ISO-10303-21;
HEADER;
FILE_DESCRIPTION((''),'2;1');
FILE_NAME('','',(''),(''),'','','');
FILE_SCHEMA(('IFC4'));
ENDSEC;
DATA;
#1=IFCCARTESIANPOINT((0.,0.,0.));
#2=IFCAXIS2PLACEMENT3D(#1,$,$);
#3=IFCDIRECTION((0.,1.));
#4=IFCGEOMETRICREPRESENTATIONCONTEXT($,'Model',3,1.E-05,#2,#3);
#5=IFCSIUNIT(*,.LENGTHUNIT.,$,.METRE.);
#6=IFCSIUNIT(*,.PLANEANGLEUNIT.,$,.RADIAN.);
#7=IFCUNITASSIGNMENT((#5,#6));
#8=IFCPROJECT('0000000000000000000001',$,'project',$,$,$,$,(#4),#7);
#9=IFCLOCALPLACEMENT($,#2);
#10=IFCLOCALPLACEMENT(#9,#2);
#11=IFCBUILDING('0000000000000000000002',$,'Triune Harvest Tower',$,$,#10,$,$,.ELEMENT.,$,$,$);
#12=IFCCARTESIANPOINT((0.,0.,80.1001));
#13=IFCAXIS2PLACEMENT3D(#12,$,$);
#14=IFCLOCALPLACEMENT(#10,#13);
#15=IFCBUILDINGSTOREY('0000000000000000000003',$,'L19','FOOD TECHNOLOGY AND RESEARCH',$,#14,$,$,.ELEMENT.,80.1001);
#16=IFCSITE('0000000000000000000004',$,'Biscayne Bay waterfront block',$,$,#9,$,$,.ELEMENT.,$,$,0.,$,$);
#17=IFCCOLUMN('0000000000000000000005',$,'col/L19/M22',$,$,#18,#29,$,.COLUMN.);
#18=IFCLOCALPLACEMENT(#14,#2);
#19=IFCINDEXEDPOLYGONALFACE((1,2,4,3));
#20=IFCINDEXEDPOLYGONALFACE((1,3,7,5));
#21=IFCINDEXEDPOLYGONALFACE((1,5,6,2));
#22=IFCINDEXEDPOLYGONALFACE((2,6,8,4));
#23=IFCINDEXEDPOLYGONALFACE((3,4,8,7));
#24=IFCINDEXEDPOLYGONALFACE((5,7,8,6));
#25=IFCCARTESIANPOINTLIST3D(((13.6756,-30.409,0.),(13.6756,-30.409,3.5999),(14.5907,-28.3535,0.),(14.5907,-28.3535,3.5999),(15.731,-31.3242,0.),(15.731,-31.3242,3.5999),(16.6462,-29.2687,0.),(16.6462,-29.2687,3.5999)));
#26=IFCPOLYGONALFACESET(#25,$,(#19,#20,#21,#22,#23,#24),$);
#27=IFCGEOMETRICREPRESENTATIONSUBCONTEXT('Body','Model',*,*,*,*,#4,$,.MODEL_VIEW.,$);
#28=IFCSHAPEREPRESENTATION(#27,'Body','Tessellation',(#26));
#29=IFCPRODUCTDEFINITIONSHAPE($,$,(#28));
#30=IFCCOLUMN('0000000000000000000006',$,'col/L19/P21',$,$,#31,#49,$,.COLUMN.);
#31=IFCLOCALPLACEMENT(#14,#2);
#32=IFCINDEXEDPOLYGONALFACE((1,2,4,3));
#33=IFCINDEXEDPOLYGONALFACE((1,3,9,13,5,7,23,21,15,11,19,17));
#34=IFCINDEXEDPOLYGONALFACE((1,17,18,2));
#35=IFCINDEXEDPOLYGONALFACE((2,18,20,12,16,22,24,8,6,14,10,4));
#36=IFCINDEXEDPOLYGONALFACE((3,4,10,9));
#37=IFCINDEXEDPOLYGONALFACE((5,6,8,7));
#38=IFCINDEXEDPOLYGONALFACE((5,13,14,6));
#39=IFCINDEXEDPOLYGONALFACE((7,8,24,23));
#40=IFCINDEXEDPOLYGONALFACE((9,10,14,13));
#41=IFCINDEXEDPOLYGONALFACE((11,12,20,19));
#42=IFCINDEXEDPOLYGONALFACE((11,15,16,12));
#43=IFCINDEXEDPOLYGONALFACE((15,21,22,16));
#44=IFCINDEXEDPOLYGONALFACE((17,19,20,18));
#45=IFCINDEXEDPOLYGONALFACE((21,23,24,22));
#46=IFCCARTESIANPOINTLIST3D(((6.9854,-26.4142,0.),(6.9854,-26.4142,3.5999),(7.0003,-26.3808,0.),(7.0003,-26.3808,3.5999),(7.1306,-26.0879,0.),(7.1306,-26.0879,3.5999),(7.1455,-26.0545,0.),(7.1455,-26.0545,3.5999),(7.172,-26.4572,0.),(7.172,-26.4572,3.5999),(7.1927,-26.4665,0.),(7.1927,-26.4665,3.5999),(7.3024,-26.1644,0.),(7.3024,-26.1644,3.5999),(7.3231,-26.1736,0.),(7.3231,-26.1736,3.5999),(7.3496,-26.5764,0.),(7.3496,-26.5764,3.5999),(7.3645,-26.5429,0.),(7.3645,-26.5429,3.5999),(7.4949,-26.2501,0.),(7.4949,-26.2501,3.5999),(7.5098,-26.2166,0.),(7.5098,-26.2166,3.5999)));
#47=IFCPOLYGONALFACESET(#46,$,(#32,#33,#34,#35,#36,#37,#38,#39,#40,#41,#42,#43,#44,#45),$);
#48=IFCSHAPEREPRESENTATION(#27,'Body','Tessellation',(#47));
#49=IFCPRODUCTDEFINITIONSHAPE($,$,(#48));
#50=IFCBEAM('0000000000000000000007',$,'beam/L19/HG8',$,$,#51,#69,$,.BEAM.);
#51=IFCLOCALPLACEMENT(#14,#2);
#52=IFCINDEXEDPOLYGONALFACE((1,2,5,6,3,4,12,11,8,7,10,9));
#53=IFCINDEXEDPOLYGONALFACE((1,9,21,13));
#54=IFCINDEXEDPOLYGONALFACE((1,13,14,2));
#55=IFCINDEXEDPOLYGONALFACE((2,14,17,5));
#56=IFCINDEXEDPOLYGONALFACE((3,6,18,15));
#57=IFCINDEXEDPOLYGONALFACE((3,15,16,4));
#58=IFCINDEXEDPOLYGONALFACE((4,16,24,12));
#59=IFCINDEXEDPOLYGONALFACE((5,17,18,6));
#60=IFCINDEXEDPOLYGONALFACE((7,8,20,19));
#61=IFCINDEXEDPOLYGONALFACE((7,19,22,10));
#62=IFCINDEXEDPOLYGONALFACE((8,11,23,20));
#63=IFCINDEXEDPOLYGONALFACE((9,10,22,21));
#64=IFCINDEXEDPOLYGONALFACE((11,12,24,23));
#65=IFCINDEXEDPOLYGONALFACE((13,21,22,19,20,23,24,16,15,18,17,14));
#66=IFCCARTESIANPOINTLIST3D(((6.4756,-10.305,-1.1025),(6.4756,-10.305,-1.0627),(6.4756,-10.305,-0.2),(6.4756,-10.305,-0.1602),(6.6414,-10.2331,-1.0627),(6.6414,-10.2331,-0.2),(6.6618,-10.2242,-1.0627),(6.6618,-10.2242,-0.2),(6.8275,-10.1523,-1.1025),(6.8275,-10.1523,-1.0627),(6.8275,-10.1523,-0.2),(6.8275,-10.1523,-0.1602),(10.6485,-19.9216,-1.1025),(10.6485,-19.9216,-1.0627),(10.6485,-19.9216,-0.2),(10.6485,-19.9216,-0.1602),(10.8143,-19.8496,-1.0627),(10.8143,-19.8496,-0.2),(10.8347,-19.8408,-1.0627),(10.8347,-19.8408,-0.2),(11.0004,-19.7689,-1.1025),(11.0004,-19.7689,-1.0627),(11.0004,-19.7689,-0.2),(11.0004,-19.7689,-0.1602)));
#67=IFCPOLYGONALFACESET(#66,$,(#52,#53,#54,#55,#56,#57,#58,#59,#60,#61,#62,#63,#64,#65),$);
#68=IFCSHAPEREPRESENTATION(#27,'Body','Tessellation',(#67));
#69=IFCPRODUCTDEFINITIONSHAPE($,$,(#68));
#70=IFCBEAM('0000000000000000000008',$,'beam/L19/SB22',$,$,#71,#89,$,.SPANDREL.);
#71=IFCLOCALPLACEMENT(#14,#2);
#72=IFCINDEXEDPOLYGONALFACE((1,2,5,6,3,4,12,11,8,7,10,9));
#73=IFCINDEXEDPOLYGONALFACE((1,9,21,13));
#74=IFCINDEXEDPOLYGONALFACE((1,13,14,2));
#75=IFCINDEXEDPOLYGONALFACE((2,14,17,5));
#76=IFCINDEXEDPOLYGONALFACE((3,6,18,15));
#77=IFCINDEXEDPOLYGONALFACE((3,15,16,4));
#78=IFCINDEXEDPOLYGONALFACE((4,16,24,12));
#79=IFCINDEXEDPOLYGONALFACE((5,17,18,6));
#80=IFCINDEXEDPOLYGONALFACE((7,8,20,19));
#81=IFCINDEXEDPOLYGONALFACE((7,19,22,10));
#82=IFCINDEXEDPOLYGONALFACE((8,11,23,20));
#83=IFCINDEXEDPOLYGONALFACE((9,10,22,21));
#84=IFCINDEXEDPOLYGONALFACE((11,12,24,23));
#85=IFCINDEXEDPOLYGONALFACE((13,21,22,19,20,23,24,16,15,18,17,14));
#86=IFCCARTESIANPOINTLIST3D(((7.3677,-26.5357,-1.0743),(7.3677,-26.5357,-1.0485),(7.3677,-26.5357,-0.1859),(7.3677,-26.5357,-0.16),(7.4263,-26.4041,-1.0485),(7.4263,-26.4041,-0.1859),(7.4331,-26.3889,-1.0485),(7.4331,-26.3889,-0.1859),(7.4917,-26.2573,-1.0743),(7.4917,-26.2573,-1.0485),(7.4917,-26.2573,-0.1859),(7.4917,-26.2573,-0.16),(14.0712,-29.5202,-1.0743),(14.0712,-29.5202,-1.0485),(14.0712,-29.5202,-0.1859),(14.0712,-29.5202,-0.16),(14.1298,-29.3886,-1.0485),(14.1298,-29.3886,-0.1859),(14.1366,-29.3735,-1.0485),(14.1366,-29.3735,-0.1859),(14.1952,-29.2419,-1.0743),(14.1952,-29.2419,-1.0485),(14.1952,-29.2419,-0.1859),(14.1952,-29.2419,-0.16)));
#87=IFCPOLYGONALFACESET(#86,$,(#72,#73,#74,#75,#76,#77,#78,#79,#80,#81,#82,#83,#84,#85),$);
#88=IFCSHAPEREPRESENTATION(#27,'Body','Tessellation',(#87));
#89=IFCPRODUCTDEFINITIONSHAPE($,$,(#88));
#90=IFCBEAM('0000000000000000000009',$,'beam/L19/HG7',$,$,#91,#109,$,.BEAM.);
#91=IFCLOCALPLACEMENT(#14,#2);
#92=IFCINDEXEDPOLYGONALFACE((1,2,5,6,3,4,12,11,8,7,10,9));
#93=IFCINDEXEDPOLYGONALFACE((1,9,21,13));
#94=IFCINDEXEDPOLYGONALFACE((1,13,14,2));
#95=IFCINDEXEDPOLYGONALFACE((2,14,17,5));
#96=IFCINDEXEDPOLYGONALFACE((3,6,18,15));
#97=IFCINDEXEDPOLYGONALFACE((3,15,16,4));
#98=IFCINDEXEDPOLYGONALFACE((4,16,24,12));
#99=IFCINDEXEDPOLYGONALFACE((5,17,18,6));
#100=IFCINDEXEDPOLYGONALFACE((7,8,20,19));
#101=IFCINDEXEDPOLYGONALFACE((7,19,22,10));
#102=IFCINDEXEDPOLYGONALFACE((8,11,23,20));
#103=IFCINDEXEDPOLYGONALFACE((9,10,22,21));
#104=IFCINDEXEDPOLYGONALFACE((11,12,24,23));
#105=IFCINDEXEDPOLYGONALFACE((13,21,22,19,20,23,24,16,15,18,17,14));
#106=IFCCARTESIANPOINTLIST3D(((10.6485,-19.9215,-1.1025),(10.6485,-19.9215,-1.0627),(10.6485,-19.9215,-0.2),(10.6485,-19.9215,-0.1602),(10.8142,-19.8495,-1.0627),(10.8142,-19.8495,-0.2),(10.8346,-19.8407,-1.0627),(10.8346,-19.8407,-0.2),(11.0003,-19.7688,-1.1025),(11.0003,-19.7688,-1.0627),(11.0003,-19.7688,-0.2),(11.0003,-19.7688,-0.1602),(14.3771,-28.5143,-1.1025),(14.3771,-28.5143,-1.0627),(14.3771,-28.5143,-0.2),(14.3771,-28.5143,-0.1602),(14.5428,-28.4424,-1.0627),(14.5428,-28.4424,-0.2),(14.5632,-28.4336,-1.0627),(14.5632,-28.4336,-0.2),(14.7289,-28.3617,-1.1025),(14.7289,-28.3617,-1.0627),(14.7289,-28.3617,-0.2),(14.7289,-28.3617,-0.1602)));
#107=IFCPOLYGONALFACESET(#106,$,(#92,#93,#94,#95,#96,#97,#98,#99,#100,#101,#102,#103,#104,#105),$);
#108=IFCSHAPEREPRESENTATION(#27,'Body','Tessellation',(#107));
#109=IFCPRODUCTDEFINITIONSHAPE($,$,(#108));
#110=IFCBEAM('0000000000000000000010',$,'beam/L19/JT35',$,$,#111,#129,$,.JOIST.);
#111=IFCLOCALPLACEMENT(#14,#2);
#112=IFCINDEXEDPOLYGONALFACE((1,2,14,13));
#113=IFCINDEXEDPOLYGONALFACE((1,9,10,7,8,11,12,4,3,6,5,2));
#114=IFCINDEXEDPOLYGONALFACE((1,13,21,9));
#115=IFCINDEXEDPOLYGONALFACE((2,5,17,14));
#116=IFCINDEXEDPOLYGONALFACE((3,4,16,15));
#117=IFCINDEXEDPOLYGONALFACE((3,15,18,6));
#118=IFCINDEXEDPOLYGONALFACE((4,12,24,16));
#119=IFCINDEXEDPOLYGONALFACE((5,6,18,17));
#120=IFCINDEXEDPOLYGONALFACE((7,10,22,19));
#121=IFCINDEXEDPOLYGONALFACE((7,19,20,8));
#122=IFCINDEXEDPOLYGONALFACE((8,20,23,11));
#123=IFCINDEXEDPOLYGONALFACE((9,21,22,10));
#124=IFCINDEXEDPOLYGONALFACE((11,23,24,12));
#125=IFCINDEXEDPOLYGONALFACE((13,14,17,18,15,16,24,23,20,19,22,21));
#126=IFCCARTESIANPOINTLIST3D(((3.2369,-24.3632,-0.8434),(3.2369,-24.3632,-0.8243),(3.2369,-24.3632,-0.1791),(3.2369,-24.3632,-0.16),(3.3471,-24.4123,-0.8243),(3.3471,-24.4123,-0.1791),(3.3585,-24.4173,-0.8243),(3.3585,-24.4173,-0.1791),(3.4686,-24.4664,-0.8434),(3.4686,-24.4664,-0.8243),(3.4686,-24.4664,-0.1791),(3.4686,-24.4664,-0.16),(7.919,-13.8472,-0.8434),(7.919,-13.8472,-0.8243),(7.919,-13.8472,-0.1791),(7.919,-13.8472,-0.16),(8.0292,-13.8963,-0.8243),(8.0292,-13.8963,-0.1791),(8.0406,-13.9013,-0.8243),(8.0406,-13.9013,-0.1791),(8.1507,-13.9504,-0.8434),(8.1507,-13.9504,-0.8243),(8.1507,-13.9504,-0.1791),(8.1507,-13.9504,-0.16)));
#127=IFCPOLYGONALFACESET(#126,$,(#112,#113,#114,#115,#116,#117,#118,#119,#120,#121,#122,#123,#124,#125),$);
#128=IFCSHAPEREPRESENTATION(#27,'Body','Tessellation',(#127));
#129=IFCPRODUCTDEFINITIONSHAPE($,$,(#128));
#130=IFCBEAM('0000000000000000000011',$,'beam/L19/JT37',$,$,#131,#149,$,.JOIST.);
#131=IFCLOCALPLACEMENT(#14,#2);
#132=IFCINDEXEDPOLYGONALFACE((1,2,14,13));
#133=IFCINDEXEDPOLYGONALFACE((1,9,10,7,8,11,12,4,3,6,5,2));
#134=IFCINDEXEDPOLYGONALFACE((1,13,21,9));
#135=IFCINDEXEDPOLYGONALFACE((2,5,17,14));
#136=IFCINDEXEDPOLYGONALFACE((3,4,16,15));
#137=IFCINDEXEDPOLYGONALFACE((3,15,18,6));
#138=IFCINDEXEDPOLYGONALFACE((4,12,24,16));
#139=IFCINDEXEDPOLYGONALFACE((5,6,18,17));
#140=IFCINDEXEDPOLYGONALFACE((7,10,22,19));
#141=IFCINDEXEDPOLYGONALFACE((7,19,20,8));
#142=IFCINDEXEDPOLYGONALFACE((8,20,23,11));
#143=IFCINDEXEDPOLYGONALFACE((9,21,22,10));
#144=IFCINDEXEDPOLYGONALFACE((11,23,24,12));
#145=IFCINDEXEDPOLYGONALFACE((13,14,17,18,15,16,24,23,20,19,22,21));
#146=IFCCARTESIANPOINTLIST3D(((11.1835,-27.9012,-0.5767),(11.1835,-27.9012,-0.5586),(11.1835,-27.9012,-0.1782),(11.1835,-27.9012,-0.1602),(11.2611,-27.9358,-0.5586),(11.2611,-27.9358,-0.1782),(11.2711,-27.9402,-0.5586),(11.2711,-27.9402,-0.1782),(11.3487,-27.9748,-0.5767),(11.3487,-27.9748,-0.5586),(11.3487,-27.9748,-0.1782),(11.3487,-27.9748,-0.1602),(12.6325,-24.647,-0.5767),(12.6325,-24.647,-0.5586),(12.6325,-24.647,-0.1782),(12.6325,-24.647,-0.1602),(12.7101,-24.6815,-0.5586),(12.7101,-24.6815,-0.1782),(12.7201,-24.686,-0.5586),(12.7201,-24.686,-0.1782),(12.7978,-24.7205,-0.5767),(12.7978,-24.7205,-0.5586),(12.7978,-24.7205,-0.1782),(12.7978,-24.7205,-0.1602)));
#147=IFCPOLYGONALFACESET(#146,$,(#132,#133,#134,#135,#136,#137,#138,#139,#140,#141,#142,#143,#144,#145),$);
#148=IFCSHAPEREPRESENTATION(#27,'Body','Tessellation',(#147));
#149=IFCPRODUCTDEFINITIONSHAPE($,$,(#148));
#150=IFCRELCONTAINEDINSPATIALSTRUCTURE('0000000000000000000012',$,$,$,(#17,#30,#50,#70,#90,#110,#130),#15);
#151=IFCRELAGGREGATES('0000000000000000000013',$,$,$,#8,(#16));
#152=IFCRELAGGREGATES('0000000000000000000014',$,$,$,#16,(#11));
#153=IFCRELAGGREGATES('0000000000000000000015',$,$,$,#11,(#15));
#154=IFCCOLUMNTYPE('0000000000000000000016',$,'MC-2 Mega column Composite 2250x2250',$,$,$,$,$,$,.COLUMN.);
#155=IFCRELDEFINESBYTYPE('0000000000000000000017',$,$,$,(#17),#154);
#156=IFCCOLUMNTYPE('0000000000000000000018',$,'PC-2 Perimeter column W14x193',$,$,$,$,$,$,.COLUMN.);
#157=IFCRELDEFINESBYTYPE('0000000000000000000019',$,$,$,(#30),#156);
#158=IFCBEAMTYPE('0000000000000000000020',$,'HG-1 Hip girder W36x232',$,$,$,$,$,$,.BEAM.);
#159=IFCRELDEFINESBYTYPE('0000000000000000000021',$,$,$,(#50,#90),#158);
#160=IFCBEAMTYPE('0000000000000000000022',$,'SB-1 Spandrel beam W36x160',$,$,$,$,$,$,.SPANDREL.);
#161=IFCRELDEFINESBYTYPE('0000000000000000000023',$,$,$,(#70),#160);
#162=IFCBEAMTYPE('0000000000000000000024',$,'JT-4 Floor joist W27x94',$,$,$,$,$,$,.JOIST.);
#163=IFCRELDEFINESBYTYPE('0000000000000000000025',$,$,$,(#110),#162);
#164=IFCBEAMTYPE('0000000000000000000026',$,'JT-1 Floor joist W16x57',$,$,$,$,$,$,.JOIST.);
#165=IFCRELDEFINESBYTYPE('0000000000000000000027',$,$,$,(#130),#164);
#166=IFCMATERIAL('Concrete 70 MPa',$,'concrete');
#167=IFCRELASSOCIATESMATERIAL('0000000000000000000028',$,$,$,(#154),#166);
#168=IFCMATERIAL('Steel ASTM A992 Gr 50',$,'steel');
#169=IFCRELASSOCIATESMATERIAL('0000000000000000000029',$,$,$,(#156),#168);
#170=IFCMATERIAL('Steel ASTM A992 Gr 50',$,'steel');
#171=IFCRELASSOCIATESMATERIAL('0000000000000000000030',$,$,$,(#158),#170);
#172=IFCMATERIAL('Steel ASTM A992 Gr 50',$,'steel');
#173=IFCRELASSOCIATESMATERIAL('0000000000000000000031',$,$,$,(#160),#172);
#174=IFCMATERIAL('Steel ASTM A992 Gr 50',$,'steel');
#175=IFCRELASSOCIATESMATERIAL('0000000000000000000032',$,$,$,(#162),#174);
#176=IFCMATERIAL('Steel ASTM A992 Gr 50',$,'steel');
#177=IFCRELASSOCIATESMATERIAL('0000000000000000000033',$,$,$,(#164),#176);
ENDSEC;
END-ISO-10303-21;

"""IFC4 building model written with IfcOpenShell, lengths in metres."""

from ifc_helpers import new_model, si_unit, direction, frame, origin, origin_2d, place, context, subcontext, project, spatial, rectangle, i_section, extrude, source, transform, mapped, material, material_profile, profile_set, type_object, element, save


model = new_model("IFC4")

# Units and contexts
model_context = context("Model", 3, precision=1e-05, world=origin(), true_north=direction((0.0, 1.0)))
body_context = subcontext(model_context, "Body", "Model", "MODEL_VIEW")
ifc_project = project(units=[si_unit("LENGTHUNIT", "METRE"), si_unit("PLANEANGLEUNIT", "RADIAN")], contexts=[model_context])

# Site, building, storey
site_placement = place(None, origin())
site = spatial("IfcSite", under=ifc_project, at=site_placement, Name="Biscayne Bay waterfront block", CompositionType="ELEMENT", RefElevation=0.0)
building_placement = place(site_placement, origin())
building = spatial("IfcBuilding", under=site, at=building_placement, Name="Triune Harvest Tower", CompositionType="ELEMENT")
storey_placement = place(building_placement, frame((0.0, 0.0, 80.1001)))
storey = spatial("IfcBuildingStorey", under=building, at=storey_placement, Name="L19", Description="FOOD TECHNOLOGY AND RESEARCH", CompositionType="ELEMENT", Elevation=80.1001)

# Columns
ifc_material_1 = material(Name="Concrete 70 MPa", Category="concrete")
ifc_material_profile_1 = material_profile(ifc_material_1, rectangle(XDim=2.25, YDim=2.25, at=origin_2d()), Name="Composite 2250x2250")
ifc_profile_set_1 = profile_set([ifc_material_profile_1], Name="Concrete 70 MPa")
column_type_1 = type_object("IfcColumnType", Name="MC-2 Mega column Composite 2250x2250", PredefinedType="COLUMN", material=ifc_profile_set_1)
shared_shape_1 = source(origin(), body_context, "Body", "SweptSolid", [
    extrude(rectangle(XDim=2.25, YDim=2.25, at=origin_2d()), origin(), (0.0, 0.0, 1.0), 3.5999),
])
column_1_placement = place(storey_placement, frame((15.1609, -29.8389, 0.0), z_axis=(0.0, 0.0, 1.0), x_axis=(0.913545, -0.406737, 0.0)))
element("IfcColumn", 1, at=column_1_placement, inside=storey, type_object=column_type_1, Name="col/L19/M22", PredefinedType="COLUMN", context=body_context, shape_type="MappedRepresentation", body=[
    mapped(shared_shape_1, transform((0.0, 0.0, 0.0), scale=1.0)),
])
ifc_material_2 = material(Name="Steel ASTM A992 Gr 50", Category="steel")
ifc_material_profile_2 = material_profile(ifc_material_2, i_section(OverallWidth=0.3987, OverallDepth=0.3938, WebThickness=0.0227, FlangeThickness=0.0366, at=origin_2d()), Name="W14x193")
ifc_profile_set_2 = profile_set([ifc_material_profile_2], Name="Steel ASTM A992 Gr 50")
column_type_2 = type_object("IfcColumnType", Name="PC-2 Perimeter column W14x193", PredefinedType="COLUMN", material=ifc_profile_set_2)
shared_shape_2 = source(origin(), body_context, "Body", "SweptSolid", [
    extrude(i_section(OverallWidth=0.3987, OverallDepth=0.3938, WebThickness=0.0227, FlangeThickness=0.0366, at=origin_2d()), origin(), (0.0, 0.0, 1.0), 3.5999),
])
column_2_placement = place(storey_placement, frame((7.2476, -26.3154, 0.0), z_axis=(0.0, 0.0, 1.0), x_axis=(0.913545, -0.406737, 0.0)))
element("IfcColumn", 2, at=column_2_placement, inside=storey, type_object=column_type_2, Name="col/L19/P21", PredefinedType="COLUMN", context=body_context, shape_type="MappedRepresentation", body=[
    mapped(shared_shape_2, transform((0.0, 0.0, 0.0), scale=1.0)),
])

# Beams
ifc_material_3 = material(Name="Steel ASTM A992 Gr 50", Category="steel")
ifc_material_profile_3 = material_profile(ifc_material_3, i_section(OverallWidth=0.3835, OverallDepth=0.9424, WebThickness=0.0222, FlangeThickness=0.0398, at=origin_2d()), Name="W36x232")
ifc_profile_set_3 = profile_set([ifc_material_profile_3], Name="Steel ASTM A992 Gr 50")
beam_type_1 = type_object("IfcBeamType", Name="HG-1 Hip girder W36x232", PredefinedType="BEAM", material=ifc_profile_set_3)
shared_shape_3 = source(origin(), body_context, "Body", "SweptSolid", [
    extrude(i_section(OverallWidth=0.3835, OverallDepth=0.9424, WebThickness=0.0222, FlangeThickness=0.0398, at=origin_2d()), origin(), (0.0, 0.0, 1.0), 10.4829),
])
beam_1_placement = place(storey_placement, frame((10.8245, -19.8452, -0.6313), z_axis=(-0.398067, 0.917356, 0.0), x_axis=(-0.917356, -0.398067, 0.0)))
element("IfcBeam", 3, at=beam_1_placement, inside=storey, type_object=beam_type_1, Name="beam/L19/HG8", PredefinedType="BEAM", context=body_context, shape_type="MappedRepresentation", body=[
    mapped(shared_shape_3, transform((0.0, 0.0, 0.0), scale=1.0)),
])
ifc_material_4 = material(Name="Steel ASTM A992 Gr 50", Category="steel")
ifc_material_profile_4 = material_profile(ifc_material_4, i_section(OverallWidth=0.3047, OverallDepth=0.9143, WebThickness=0.0166, FlangeThickness=0.0259, at=origin_2d()), Name="W36x160")
ifc_profile_set_4 = profile_set([ifc_material_profile_4], Name="Steel ASTM A992 Gr 50")
beam_type_2 = type_object("IfcBeamType", Name="SB-1 Spandrel beam W36x160", PredefinedType="SPANDREL", material=ifc_profile_set_4)
shared_shape_4 = source(origin(), body_context, "Body", "SweptSolid", [
    extrude(i_section(OverallWidth=0.3047, OverallDepth=0.9143, WebThickness=0.0166, FlangeThickness=0.0259, at=origin_2d()), origin(), (0.0, 0.0, 1.0), 7.3379),
])
beam_2_placement = place(storey_placement, frame((7.4297, -26.3965, -0.6172), z_axis=(0.913547, -0.406734, 0.0), x_axis=(0.406734, 0.913547, 0.0)))
element("IfcBeam", 4, at=beam_2_placement, inside=storey, type_object=beam_type_2, Name="beam/L19/SB22", PredefinedType="SPANDREL", context=body_context, shape_type="MappedRepresentation", body=[
    mapped(shared_shape_4, transform((0.0, 0.0, 0.0), scale=1.0)),
])
shared_shape_5 = source(origin(), body_context, "Body", "SweptSolid", [
    extrude(i_section(OverallWidth=0.3835, OverallDepth=0.9424, WebThickness=0.0222, FlangeThickness=0.0398, at=origin_2d()), origin(), (0.0, 0.0, 1.0), 9.3669),
])
beam_3_placement = place(storey_placement, frame((14.553, -28.438, -0.6313), z_axis=(-0.398055, 0.917362, 0.0), x_axis=(-0.917362, -0.398055, 0.0)))
element("IfcBeam", 5, at=beam_3_placement, inside=storey, type_object=beam_type_1, Name="beam/L19/HG7", PredefinedType="BEAM", context=body_context, shape_type="MappedRepresentation", body=[
    mapped(shared_shape_5, transform((0.0, 0.0, 0.0), scale=1.0)),
])
ifc_material_5 = material(Name="Steel ASTM A992 Gr 50", Category="steel")
ifc_material_profile_5 = material_profile(ifc_material_5, i_section(OverallWidth=0.2537, OverallDepth=0.6833, WebThickness=0.0125, FlangeThickness=0.019, at=origin_2d()), Name="W27x94")
ifc_profile_set_5 = profile_set([ifc_material_profile_5], Name="Steel ASTM A992 Gr 50")
beam_type_3 = type_object("IfcBeamType", Name="JT-4 Floor joist W27x94", PredefinedType="JOIST", material=ifc_profile_set_5)
shared_shape_6 = source(origin(), body_context, "Body", "SweptSolid", [
    extrude(i_section(OverallWidth=0.2537, OverallDepth=0.6833, WebThickness=0.0125, FlangeThickness=0.019, at=origin_2d()), origin(), (0.0, 0.0, 1.0), 11.5112),
])
beam_4_placement = place(storey_placement, frame((3.3528, -24.4148, -0.5017), z_axis=(0.406741, 0.913544, 0.0), x_axis=(-0.913544, 0.406741, 0.0)))
element("IfcBeam", 6, at=beam_4_placement, inside=storey, type_object=beam_type_3, Name="beam/L19/JT35", PredefinedType="JOIST", context=body_context, shape_type="MappedRepresentation", body=[
    mapped(shared_shape_6, transform((0.0, 0.0, 0.0), scale=1.0)),
])
ifc_material_6 = material(Name="Steel ASTM A992 Gr 50", Category="steel")
ifc_material_profile_6 = material_profile(ifc_material_6, i_section(OverallWidth=0.1809, OverallDepth=0.4165, WebThickness=0.011, FlangeThickness=0.0181, at=origin_2d()), Name="W16x57")
ifc_profile_set_6 = profile_set([ifc_material_profile_6], Name="Steel ASTM A992 Gr 50")
beam_type_4 = type_object("IfcBeamType", Name="JT-1 Floor joist W16x57", PredefinedType="JOIST", material=ifc_profile_set_6)
shared_shape_7 = source(origin(), body_context, "Body", "SweptSolid", [
    extrude(i_section(OverallWidth=0.1809, OverallDepth=0.4165, WebThickness=0.011, FlangeThickness=0.0181, at=origin_2d()), origin(), (0.0, 0.0, 1.0), 3.5623),
])
beam_5_placement = place(storey_placement, frame((11.2661, -27.938, -0.3684), z_axis=(0.406768, 0.913532, 0.0), x_axis=(-0.913532, 0.406768, 0.0)))
element("IfcBeam", 7, at=beam_5_placement, inside=storey, type_object=beam_type_4, Name="beam/L19/JT37", PredefinedType="JOIST", context=body_context, shape_type="MappedRepresentation", body=[
    mapped(shared_shape_7, transform((0.0, 0.0, 0.0), scale=1.0)),
])

save(model, "model.ifc")
